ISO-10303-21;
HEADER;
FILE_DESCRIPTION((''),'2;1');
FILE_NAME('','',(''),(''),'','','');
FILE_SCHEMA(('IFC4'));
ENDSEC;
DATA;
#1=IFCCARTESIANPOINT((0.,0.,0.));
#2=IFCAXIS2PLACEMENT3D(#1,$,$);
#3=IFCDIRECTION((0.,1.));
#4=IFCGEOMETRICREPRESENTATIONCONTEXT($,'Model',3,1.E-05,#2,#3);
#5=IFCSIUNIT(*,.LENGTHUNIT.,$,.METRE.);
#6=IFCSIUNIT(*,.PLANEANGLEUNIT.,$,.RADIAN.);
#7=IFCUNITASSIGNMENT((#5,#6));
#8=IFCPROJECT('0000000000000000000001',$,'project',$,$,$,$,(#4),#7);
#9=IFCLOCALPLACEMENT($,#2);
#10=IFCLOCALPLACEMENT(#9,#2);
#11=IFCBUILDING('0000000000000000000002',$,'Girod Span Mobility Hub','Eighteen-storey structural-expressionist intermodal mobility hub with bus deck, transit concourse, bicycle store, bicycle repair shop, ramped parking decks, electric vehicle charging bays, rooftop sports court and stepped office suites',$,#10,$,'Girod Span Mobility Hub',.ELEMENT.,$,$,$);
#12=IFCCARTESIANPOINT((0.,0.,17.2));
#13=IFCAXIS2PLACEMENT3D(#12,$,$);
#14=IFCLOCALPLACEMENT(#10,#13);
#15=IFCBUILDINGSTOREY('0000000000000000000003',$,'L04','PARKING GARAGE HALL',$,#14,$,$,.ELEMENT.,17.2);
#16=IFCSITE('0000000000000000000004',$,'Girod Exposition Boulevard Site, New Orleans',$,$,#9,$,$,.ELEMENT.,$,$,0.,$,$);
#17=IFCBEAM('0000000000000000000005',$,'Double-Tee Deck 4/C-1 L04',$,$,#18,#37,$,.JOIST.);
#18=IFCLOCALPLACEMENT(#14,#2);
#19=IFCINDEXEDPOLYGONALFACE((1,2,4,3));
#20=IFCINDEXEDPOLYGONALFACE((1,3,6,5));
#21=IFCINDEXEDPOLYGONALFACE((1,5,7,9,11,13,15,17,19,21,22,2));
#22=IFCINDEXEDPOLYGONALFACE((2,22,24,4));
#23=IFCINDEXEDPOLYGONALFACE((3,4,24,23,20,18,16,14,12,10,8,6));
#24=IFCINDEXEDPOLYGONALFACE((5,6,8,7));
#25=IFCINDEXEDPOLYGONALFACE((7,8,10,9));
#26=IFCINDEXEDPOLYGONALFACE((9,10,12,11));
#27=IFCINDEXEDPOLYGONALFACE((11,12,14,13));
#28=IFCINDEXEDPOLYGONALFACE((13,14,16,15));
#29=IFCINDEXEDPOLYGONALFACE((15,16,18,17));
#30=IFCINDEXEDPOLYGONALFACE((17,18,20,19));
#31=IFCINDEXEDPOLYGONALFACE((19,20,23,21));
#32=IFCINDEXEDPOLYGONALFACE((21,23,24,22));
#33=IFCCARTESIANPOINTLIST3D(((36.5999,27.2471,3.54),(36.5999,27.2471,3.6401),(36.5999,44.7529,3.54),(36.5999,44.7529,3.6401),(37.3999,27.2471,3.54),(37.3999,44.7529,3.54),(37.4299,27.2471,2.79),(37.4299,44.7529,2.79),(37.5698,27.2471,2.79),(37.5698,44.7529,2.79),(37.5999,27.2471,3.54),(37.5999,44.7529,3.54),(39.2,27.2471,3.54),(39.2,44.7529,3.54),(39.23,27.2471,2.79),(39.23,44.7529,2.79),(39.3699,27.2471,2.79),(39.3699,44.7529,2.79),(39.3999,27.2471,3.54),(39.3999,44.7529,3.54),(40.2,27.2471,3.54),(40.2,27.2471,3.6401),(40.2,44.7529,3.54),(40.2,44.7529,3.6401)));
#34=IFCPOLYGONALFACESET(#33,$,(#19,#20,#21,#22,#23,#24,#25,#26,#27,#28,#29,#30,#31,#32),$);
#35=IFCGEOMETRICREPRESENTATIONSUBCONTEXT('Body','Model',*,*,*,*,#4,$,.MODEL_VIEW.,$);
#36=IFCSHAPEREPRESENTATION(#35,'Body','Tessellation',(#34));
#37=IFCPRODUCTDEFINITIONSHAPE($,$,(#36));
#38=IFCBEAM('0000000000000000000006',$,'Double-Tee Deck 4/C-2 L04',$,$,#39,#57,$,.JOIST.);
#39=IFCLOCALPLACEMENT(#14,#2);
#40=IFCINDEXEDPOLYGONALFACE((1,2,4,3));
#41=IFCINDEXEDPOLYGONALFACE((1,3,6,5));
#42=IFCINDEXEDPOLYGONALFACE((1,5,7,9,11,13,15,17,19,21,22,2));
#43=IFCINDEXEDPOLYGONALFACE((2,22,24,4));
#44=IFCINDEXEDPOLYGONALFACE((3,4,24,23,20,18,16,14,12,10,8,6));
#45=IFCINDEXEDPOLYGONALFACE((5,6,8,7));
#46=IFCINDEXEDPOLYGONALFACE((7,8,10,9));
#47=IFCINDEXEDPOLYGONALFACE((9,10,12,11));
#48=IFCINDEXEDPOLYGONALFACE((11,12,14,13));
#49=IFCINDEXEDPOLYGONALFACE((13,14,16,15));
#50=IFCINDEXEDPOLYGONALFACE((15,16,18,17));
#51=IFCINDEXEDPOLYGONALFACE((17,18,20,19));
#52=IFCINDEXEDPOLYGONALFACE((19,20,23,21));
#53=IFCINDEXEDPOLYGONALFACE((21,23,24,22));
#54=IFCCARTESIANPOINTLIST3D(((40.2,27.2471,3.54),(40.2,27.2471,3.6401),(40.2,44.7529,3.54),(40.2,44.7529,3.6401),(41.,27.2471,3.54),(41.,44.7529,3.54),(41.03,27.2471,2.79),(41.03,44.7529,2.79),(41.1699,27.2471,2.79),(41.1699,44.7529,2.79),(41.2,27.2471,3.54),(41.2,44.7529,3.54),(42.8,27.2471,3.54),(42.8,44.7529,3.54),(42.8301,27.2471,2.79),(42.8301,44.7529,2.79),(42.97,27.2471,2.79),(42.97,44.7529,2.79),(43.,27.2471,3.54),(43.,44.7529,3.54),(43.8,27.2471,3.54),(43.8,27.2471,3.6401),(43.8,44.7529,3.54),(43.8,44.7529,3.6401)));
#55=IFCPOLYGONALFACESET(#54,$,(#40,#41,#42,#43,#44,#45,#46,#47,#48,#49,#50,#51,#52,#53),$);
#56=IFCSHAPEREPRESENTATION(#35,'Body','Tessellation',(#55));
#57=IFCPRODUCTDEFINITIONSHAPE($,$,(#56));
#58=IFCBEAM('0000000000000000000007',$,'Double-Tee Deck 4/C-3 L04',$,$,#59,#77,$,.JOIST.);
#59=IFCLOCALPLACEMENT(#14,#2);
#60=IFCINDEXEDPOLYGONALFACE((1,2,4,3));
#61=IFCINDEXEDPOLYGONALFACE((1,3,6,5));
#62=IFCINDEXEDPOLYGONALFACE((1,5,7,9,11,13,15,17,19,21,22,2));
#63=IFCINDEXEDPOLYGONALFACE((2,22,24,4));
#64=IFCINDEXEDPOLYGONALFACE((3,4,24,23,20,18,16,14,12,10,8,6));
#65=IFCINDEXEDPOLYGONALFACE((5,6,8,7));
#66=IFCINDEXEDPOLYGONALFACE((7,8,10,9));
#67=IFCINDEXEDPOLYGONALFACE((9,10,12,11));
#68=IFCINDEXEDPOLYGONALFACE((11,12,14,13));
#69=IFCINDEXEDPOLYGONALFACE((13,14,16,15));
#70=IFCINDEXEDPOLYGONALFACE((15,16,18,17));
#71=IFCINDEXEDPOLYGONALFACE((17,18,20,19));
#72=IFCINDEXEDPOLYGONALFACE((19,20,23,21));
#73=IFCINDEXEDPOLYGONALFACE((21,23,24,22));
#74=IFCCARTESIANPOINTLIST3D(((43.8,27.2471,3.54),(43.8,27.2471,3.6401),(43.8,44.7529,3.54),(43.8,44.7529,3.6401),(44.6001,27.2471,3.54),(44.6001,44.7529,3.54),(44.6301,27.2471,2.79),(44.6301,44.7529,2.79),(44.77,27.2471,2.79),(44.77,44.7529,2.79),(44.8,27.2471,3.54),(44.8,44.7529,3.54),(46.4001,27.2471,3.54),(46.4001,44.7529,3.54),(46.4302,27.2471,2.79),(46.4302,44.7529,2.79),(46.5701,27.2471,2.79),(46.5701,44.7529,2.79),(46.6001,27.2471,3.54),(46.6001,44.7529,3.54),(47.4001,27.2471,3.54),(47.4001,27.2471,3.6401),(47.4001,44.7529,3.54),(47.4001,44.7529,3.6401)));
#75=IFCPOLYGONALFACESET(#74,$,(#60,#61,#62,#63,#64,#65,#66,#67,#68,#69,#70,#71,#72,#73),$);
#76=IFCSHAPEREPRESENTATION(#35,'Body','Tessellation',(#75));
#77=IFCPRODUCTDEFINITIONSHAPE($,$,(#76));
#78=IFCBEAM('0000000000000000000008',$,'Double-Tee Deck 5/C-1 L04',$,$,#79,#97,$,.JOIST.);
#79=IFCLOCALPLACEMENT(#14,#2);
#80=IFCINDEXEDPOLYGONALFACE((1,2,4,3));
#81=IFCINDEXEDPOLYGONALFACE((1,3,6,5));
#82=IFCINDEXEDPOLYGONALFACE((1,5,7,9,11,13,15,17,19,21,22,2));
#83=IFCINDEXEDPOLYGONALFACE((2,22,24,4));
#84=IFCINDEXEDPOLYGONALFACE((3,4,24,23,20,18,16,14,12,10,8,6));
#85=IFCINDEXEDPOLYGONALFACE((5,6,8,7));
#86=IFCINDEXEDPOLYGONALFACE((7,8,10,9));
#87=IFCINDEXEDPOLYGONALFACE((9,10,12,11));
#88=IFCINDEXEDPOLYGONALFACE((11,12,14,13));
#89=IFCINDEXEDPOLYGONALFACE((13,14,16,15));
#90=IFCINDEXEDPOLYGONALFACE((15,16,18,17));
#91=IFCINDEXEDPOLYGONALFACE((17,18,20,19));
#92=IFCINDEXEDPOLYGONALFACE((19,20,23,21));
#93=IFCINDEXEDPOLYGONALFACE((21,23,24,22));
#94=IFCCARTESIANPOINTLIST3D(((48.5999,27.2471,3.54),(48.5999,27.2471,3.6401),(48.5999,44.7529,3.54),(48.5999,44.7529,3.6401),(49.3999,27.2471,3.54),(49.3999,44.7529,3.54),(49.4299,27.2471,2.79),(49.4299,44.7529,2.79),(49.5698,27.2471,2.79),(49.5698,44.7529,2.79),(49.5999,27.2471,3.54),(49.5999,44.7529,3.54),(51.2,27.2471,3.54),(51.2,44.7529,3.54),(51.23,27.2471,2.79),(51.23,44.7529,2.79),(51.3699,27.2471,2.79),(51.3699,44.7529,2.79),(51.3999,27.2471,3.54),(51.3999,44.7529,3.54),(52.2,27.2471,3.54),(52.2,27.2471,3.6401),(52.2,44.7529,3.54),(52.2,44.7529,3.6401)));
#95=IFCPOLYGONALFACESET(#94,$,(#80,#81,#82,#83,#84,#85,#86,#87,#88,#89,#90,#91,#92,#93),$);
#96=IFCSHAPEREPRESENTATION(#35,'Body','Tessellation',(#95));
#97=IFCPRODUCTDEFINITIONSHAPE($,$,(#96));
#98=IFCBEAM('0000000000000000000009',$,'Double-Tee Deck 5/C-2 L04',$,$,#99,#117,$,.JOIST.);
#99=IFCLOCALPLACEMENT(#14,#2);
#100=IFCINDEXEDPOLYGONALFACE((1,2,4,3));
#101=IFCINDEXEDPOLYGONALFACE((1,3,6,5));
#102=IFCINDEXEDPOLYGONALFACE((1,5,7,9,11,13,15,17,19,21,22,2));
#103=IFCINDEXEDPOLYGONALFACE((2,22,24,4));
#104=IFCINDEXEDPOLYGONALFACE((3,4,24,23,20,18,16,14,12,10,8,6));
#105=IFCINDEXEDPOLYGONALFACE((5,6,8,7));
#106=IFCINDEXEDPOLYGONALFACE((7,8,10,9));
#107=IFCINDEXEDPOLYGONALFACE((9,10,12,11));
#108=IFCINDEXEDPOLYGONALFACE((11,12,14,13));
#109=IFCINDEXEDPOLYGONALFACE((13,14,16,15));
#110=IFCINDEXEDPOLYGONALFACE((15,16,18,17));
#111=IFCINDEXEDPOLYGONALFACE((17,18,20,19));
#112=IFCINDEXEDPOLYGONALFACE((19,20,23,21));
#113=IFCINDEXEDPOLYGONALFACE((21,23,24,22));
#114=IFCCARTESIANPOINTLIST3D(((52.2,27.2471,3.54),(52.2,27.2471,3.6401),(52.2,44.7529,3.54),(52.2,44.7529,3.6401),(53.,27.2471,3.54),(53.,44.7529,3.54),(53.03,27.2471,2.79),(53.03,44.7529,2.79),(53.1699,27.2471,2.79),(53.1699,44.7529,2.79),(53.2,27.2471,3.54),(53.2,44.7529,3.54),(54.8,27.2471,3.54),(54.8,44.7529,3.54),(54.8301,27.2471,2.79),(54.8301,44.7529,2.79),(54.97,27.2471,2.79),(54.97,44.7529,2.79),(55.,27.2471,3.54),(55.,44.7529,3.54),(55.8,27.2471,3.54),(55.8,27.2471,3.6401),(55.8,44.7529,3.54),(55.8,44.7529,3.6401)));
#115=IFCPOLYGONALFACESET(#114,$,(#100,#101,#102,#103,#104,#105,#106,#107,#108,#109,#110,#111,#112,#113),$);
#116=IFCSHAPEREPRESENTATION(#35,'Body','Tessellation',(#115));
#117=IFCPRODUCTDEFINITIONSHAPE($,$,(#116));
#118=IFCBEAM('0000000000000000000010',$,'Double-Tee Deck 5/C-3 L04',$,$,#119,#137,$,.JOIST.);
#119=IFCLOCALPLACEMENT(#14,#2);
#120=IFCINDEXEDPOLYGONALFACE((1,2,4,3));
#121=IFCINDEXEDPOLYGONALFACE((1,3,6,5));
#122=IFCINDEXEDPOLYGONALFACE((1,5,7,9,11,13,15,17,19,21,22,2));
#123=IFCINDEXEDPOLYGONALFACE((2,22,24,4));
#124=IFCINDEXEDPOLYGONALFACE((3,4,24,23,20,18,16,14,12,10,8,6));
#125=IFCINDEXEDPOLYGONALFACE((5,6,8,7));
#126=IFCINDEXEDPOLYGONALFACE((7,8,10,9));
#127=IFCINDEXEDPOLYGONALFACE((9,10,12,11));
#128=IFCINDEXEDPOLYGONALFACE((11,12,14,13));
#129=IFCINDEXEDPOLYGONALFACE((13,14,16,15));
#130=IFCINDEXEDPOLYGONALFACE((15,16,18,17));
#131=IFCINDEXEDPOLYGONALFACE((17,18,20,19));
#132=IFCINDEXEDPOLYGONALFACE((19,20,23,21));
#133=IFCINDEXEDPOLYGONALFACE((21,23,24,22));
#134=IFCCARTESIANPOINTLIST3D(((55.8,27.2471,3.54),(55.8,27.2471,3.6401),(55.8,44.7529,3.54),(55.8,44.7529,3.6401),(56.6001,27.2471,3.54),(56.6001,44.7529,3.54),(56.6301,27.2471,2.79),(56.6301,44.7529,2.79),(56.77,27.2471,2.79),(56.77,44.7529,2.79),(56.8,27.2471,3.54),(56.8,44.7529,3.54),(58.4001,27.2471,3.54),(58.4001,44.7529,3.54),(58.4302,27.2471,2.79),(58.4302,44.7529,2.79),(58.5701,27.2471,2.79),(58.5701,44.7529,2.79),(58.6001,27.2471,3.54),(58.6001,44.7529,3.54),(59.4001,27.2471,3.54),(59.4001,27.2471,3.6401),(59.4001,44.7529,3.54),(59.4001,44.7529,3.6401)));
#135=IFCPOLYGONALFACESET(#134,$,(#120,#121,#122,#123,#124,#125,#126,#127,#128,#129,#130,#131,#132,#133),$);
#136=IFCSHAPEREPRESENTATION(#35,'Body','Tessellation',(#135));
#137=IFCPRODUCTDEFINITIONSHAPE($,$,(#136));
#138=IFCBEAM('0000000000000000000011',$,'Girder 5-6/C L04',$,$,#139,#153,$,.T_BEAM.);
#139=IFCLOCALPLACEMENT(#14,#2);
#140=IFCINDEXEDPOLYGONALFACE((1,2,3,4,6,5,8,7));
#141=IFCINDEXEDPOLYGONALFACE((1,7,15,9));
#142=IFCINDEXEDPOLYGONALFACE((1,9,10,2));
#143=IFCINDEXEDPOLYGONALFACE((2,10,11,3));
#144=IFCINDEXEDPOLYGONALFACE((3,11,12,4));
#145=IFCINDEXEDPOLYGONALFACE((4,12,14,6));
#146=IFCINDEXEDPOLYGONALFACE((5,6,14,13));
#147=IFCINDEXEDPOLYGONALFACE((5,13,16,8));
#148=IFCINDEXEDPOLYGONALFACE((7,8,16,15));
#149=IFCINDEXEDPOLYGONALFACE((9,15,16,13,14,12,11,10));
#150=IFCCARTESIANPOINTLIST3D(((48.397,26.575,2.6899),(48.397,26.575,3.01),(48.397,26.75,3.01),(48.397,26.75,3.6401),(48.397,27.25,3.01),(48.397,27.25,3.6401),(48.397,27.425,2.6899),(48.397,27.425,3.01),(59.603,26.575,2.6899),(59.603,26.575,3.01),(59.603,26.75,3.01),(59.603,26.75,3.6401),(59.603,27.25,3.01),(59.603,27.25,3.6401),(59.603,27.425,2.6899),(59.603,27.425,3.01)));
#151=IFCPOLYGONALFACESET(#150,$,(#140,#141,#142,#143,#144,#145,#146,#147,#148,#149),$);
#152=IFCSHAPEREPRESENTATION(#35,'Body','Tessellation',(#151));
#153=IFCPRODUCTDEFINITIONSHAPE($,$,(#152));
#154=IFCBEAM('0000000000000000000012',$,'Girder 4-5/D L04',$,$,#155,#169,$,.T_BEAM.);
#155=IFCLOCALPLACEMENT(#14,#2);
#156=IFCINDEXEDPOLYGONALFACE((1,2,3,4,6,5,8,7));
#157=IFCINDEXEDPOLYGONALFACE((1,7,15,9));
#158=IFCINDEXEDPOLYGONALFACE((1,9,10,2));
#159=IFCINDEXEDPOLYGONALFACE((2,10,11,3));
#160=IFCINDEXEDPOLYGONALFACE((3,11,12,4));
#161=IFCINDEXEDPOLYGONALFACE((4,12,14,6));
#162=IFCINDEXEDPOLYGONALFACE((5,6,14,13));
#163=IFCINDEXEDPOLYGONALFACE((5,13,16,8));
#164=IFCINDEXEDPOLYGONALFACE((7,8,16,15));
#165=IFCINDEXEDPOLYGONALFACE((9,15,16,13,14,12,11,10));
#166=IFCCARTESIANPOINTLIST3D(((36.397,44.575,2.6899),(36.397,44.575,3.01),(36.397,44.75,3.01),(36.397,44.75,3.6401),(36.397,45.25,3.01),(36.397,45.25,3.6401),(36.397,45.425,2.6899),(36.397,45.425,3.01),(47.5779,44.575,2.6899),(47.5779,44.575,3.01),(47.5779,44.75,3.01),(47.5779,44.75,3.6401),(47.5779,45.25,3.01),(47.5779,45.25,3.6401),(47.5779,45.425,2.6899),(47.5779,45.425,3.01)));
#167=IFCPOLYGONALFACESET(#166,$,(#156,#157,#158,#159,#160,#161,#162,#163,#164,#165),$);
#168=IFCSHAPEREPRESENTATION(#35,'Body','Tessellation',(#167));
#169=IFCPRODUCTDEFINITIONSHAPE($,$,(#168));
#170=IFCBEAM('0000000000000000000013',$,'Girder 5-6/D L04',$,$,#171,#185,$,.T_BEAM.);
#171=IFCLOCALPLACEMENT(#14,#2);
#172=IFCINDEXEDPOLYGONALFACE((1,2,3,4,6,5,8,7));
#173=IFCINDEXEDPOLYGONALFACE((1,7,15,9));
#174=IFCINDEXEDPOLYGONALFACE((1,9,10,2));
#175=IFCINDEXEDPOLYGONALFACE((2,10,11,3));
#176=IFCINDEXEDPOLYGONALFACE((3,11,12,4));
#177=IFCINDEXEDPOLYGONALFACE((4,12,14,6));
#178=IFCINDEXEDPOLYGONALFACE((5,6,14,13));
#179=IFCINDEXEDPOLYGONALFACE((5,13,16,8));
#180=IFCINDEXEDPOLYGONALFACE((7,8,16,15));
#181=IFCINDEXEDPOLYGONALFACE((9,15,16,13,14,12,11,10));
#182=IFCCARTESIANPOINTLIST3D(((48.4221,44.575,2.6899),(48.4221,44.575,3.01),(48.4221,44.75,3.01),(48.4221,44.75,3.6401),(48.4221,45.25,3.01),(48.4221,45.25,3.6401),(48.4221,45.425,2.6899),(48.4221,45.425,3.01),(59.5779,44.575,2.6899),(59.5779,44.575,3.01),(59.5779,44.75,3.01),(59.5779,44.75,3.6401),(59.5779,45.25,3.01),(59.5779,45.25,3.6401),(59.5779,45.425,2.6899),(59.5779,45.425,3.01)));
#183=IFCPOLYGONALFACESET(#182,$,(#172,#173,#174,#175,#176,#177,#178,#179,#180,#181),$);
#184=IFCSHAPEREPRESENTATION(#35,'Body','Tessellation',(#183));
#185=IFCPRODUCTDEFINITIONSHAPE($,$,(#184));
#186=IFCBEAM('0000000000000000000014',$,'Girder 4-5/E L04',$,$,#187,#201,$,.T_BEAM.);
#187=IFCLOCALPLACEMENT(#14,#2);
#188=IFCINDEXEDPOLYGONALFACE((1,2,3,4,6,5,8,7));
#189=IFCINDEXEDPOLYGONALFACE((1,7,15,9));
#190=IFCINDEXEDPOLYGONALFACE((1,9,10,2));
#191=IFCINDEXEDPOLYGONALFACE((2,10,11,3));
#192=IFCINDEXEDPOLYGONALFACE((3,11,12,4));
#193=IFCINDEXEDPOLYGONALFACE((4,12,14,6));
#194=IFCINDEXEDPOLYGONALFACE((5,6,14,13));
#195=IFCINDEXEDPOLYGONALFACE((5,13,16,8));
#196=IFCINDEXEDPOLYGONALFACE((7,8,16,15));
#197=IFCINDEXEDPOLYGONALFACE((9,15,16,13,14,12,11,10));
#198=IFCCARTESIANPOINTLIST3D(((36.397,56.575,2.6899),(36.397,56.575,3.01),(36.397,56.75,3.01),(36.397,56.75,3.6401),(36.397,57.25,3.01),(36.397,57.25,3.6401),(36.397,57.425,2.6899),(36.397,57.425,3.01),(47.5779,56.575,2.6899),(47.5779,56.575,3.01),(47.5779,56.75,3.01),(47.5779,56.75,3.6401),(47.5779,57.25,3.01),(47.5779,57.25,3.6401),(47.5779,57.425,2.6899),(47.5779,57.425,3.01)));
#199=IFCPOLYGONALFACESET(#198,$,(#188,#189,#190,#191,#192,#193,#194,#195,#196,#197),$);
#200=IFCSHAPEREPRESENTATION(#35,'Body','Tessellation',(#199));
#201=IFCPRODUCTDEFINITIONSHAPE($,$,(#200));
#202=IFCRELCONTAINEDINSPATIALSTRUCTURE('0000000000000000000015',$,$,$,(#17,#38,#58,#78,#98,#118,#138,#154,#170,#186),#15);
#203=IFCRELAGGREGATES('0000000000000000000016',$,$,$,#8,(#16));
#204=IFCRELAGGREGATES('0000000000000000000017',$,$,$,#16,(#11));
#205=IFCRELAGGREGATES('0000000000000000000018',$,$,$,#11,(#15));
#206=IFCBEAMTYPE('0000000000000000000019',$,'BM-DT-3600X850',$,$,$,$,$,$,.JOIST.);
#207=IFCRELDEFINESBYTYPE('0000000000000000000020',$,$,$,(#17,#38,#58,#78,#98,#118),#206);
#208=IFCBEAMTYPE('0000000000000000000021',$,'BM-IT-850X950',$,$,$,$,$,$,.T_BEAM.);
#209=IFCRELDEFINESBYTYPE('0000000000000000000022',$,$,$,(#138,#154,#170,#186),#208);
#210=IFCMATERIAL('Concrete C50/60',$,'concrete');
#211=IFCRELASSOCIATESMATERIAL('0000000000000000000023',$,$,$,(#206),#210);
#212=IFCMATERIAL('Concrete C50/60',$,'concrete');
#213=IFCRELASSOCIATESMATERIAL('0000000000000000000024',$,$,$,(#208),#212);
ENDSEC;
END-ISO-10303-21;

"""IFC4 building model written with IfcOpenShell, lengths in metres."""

from ifc_helpers import new_model, si_unit, direction, frame, origin, place, context, subcontext, project, spatial, polyline, outline, extrude, material, material_profile, profile_set, type_object, element, save


model = new_model("IFC4")

# Units and contexts
model_context = context("Model", 3, precision=1e-05, world=origin(), true_north=direction((0.0, 1.0)))
body_context = subcontext(model_context, "Body", "Model", "MODEL_VIEW")
ifc_project = project(units=[si_unit("LENGTHUNIT", "METRE"), si_unit("PLANEANGLEUNIT", "RADIAN")], contexts=[model_context])

# Site, building, storey
site_placement = place(None, origin())
site = spatial("IfcSite", under=ifc_project, at=site_placement, Name="Girod Exposition Boulevard Site, New Orleans", CompositionType="ELEMENT", RefElevation=0.0)
building_placement = place(site_placement, origin())
building = spatial("IfcBuilding", under=site, at=building_placement, Name="Girod Span Mobility Hub", Description="Eighteen-storey structural-expressionist intermodal mobility hub with bus deck, transit concourse, bicycle store, bicycle repair shop, ramped parking decks, electric vehicle charging bays, rooftop sports court and stepped office suites", LongName="Girod Span Mobility Hub", CompositionType="ELEMENT")
storey_placement = place(building_placement, frame((0.0, 0.0, 17.2)))
storey = spatial("IfcBuildingStorey", under=building, at=storey_placement, Name="L04", Description="PARKING GARAGE HALL", CompositionType="ELEMENT", Elevation=17.2)

# Beams
ifc_material_1 = material(Name="Concrete C50/60", Category="concrete")
ifc_material_profile_1 = material_profile(ifc_material_1, outline(polyline([(-1.8, 0.425), (-1.8, 0.325), (-1.0, 0.325), (-0.97, -0.425), (-0.8301, -0.425), (-0.8, 0.325), (0.8, 0.325), (0.8301, -0.425), (0.97, -0.425), (1.0, 0.325), (1.8, 0.325), (1.8, 0.425), (-1.8, 0.425)])), Name="DT-3600X850")
ifc_profile_set_1 = profile_set([ifc_material_profile_1], Name="Concrete C50/60")
beam_type_1 = type_object("IfcBeamType", Name="BM-DT-3600X850", PredefinedType="JOIST", material=ifc_profile_set_1)
for number, where, z_axis, x_axis, name in (
    (1, (38.3999, 27.2471, 3.2151), (0.0, 1.0, 0.0), (-1.0, 0.0, 0.0), "Double-Tee Deck 4/C-1 L04"),
    (2, (42.0, 27.2471, 3.2151), (0.0, 1.0, 0.0), (-1.0, 0.0, 0.0), "Double-Tee Deck 4/C-2 L04"),
    (3, (45.6001, 27.2471, 3.2151), (0.0, 1.0, 0.0), (-1.0, 0.0, 0.0), "Double-Tee Deck 4/C-3 L04"),
    (4, (50.3999, 27.2471, 3.2151), (0.0, 1.0, 0.0), (-1.0, 0.0, 0.0), "Double-Tee Deck 5/C-1 L04"),
    (5, (54.0, 27.2471, 3.2151), (0.0, 1.0, 0.0), (-1.0, 0.0, 0.0), "Double-Tee Deck 5/C-2 L04"),
    (6, (57.6001, 27.2471, 3.2151), (0.0, 1.0, 0.0), (-1.0, 0.0, 0.0), "Double-Tee Deck 5/C-3 L04"),
):
    element("IfcBeam", number, at=place(storey_placement, frame(where, z_axis=z_axis, x_axis=x_axis)), inside=storey, type_object=beam_type_1, Name=name, PredefinedType="JOIST", context=body_context, shape_type="SweptSolid", body=[
        extrude(outline(polyline([(-1.8, 0.425), (-1.8, 0.325), (-1.0, 0.325), (-0.97, -0.425), (-0.8301, -0.425), (-0.8, 0.325), (0.8, 0.325), (0.8301, -0.425), (0.97, -0.425), (1.0, 0.325), (1.8, 0.325), (1.8, 0.425), (-1.8, 0.425)])), origin(), (0.0, 0.0, 1.0), 17.5059),
    ])
ifc_material_2 = material(Name="Concrete C50/60", Category="concrete")
ifc_material_profile_2 = material_profile(ifc_material_2, outline(polyline([(-0.425, -0.4751), (0.425, -0.4751), (0.425, -0.155), (0.25, -0.155), (0.25, 0.4751), (-0.25, 0.4751), (-0.25, -0.155), (-0.425, -0.155), (-0.425, -0.4751)])), Name="IT-850X950")
ifc_profile_set_2 = profile_set([ifc_material_profile_2], Name="Concrete C50/60")
beam_type_2 = type_object("IfcBeamType", Name="BM-IT-850X950", PredefinedType="T_BEAM", material=ifc_profile_set_2)
beam_1_placement = place(storey_placement, frame((48.397, 27.0, 3.165), z_axis=(1.0, 0.0, 0.0), x_axis=(0.0, 1.0, 0.0)))
element("IfcBeam", 7, at=beam_1_placement, inside=storey, type_object=beam_type_2, Name="Girder 5-6/C L04", PredefinedType="T_BEAM", context=body_context, shape_type="SweptSolid", body=[
    extrude(outline(polyline([(-0.425, -0.4751), (0.425, -0.4751), (0.425, -0.155), (0.25, -0.155), (0.25, 0.4751), (-0.25, 0.4751), (-0.25, -0.155), (-0.425, -0.155), (-0.425, -0.4751)])), origin(), (0.0, 0.0, 1.0), 11.2061),
])
beam_2_placement = place(storey_placement, frame((36.397, 45.0, 3.165), z_axis=(1.0, 0.0, 0.0), x_axis=(0.0, 1.0, 0.0)))
element("IfcBeam", 8, at=beam_2_placement, inside=storey, type_object=beam_type_2, Name="Girder 4-5/D L04", PredefinedType="T_BEAM", context=body_context, shape_type="SweptSolid", body=[
    extrude(outline(polyline([(-0.425, -0.4751), (0.425, -0.4751), (0.425, -0.155), (0.25, -0.155), (0.25, 0.4751), (-0.25, 0.4751), (-0.25, -0.155), (-0.425, -0.155), (-0.425, -0.4751)])), origin(), (0.0, 0.0, 1.0), 11.1809),
])
beam_3_placement = place(storey_placement, frame((48.4221, 45.0, 3.165), z_axis=(1.0, 0.0, 0.0), x_axis=(0.0, 1.0, 0.0)))
element("IfcBeam", 9, at=beam_3_placement, inside=storey, type_object=beam_type_2, Name="Girder 5-6/D L04", PredefinedType="T_BEAM", context=body_context, shape_type="SweptSolid", body=[
    extrude(outline(polyline([(-0.425, -0.4751), (0.425, -0.4751), (0.425, -0.155), (0.25, -0.155), (0.25, 0.4751), (-0.25, 0.4751), (-0.25, -0.155), (-0.425, -0.155), (-0.425, -0.4751)])), origin(), (0.0, 0.0, 1.0), 11.1558),
])
beam_4_placement = place(storey_placement, frame((36.397, 57.0, 3.165), z_axis=(1.0, 0.0, 0.0), x_axis=(0.0, 1.0, 0.0)))
element("IfcBeam", 10, at=beam_4_placement, inside=storey, type_object=beam_type_2, Name="Girder 4-5/E L04", PredefinedType="T_BEAM", context=body_context, shape_type="SweptSolid", body=[
    extrude(outline(polyline([(-0.425, -0.4751), (0.425, -0.4751), (0.425, -0.155), (0.25, -0.155), (0.25, 0.4751), (-0.25, 0.4751), (-0.25, -0.155), (-0.425, -0.155), (-0.425, -0.4751)])), origin(), (0.0, 0.0, 1.0), 11.1809),
])

save(model, "model.ifc")
